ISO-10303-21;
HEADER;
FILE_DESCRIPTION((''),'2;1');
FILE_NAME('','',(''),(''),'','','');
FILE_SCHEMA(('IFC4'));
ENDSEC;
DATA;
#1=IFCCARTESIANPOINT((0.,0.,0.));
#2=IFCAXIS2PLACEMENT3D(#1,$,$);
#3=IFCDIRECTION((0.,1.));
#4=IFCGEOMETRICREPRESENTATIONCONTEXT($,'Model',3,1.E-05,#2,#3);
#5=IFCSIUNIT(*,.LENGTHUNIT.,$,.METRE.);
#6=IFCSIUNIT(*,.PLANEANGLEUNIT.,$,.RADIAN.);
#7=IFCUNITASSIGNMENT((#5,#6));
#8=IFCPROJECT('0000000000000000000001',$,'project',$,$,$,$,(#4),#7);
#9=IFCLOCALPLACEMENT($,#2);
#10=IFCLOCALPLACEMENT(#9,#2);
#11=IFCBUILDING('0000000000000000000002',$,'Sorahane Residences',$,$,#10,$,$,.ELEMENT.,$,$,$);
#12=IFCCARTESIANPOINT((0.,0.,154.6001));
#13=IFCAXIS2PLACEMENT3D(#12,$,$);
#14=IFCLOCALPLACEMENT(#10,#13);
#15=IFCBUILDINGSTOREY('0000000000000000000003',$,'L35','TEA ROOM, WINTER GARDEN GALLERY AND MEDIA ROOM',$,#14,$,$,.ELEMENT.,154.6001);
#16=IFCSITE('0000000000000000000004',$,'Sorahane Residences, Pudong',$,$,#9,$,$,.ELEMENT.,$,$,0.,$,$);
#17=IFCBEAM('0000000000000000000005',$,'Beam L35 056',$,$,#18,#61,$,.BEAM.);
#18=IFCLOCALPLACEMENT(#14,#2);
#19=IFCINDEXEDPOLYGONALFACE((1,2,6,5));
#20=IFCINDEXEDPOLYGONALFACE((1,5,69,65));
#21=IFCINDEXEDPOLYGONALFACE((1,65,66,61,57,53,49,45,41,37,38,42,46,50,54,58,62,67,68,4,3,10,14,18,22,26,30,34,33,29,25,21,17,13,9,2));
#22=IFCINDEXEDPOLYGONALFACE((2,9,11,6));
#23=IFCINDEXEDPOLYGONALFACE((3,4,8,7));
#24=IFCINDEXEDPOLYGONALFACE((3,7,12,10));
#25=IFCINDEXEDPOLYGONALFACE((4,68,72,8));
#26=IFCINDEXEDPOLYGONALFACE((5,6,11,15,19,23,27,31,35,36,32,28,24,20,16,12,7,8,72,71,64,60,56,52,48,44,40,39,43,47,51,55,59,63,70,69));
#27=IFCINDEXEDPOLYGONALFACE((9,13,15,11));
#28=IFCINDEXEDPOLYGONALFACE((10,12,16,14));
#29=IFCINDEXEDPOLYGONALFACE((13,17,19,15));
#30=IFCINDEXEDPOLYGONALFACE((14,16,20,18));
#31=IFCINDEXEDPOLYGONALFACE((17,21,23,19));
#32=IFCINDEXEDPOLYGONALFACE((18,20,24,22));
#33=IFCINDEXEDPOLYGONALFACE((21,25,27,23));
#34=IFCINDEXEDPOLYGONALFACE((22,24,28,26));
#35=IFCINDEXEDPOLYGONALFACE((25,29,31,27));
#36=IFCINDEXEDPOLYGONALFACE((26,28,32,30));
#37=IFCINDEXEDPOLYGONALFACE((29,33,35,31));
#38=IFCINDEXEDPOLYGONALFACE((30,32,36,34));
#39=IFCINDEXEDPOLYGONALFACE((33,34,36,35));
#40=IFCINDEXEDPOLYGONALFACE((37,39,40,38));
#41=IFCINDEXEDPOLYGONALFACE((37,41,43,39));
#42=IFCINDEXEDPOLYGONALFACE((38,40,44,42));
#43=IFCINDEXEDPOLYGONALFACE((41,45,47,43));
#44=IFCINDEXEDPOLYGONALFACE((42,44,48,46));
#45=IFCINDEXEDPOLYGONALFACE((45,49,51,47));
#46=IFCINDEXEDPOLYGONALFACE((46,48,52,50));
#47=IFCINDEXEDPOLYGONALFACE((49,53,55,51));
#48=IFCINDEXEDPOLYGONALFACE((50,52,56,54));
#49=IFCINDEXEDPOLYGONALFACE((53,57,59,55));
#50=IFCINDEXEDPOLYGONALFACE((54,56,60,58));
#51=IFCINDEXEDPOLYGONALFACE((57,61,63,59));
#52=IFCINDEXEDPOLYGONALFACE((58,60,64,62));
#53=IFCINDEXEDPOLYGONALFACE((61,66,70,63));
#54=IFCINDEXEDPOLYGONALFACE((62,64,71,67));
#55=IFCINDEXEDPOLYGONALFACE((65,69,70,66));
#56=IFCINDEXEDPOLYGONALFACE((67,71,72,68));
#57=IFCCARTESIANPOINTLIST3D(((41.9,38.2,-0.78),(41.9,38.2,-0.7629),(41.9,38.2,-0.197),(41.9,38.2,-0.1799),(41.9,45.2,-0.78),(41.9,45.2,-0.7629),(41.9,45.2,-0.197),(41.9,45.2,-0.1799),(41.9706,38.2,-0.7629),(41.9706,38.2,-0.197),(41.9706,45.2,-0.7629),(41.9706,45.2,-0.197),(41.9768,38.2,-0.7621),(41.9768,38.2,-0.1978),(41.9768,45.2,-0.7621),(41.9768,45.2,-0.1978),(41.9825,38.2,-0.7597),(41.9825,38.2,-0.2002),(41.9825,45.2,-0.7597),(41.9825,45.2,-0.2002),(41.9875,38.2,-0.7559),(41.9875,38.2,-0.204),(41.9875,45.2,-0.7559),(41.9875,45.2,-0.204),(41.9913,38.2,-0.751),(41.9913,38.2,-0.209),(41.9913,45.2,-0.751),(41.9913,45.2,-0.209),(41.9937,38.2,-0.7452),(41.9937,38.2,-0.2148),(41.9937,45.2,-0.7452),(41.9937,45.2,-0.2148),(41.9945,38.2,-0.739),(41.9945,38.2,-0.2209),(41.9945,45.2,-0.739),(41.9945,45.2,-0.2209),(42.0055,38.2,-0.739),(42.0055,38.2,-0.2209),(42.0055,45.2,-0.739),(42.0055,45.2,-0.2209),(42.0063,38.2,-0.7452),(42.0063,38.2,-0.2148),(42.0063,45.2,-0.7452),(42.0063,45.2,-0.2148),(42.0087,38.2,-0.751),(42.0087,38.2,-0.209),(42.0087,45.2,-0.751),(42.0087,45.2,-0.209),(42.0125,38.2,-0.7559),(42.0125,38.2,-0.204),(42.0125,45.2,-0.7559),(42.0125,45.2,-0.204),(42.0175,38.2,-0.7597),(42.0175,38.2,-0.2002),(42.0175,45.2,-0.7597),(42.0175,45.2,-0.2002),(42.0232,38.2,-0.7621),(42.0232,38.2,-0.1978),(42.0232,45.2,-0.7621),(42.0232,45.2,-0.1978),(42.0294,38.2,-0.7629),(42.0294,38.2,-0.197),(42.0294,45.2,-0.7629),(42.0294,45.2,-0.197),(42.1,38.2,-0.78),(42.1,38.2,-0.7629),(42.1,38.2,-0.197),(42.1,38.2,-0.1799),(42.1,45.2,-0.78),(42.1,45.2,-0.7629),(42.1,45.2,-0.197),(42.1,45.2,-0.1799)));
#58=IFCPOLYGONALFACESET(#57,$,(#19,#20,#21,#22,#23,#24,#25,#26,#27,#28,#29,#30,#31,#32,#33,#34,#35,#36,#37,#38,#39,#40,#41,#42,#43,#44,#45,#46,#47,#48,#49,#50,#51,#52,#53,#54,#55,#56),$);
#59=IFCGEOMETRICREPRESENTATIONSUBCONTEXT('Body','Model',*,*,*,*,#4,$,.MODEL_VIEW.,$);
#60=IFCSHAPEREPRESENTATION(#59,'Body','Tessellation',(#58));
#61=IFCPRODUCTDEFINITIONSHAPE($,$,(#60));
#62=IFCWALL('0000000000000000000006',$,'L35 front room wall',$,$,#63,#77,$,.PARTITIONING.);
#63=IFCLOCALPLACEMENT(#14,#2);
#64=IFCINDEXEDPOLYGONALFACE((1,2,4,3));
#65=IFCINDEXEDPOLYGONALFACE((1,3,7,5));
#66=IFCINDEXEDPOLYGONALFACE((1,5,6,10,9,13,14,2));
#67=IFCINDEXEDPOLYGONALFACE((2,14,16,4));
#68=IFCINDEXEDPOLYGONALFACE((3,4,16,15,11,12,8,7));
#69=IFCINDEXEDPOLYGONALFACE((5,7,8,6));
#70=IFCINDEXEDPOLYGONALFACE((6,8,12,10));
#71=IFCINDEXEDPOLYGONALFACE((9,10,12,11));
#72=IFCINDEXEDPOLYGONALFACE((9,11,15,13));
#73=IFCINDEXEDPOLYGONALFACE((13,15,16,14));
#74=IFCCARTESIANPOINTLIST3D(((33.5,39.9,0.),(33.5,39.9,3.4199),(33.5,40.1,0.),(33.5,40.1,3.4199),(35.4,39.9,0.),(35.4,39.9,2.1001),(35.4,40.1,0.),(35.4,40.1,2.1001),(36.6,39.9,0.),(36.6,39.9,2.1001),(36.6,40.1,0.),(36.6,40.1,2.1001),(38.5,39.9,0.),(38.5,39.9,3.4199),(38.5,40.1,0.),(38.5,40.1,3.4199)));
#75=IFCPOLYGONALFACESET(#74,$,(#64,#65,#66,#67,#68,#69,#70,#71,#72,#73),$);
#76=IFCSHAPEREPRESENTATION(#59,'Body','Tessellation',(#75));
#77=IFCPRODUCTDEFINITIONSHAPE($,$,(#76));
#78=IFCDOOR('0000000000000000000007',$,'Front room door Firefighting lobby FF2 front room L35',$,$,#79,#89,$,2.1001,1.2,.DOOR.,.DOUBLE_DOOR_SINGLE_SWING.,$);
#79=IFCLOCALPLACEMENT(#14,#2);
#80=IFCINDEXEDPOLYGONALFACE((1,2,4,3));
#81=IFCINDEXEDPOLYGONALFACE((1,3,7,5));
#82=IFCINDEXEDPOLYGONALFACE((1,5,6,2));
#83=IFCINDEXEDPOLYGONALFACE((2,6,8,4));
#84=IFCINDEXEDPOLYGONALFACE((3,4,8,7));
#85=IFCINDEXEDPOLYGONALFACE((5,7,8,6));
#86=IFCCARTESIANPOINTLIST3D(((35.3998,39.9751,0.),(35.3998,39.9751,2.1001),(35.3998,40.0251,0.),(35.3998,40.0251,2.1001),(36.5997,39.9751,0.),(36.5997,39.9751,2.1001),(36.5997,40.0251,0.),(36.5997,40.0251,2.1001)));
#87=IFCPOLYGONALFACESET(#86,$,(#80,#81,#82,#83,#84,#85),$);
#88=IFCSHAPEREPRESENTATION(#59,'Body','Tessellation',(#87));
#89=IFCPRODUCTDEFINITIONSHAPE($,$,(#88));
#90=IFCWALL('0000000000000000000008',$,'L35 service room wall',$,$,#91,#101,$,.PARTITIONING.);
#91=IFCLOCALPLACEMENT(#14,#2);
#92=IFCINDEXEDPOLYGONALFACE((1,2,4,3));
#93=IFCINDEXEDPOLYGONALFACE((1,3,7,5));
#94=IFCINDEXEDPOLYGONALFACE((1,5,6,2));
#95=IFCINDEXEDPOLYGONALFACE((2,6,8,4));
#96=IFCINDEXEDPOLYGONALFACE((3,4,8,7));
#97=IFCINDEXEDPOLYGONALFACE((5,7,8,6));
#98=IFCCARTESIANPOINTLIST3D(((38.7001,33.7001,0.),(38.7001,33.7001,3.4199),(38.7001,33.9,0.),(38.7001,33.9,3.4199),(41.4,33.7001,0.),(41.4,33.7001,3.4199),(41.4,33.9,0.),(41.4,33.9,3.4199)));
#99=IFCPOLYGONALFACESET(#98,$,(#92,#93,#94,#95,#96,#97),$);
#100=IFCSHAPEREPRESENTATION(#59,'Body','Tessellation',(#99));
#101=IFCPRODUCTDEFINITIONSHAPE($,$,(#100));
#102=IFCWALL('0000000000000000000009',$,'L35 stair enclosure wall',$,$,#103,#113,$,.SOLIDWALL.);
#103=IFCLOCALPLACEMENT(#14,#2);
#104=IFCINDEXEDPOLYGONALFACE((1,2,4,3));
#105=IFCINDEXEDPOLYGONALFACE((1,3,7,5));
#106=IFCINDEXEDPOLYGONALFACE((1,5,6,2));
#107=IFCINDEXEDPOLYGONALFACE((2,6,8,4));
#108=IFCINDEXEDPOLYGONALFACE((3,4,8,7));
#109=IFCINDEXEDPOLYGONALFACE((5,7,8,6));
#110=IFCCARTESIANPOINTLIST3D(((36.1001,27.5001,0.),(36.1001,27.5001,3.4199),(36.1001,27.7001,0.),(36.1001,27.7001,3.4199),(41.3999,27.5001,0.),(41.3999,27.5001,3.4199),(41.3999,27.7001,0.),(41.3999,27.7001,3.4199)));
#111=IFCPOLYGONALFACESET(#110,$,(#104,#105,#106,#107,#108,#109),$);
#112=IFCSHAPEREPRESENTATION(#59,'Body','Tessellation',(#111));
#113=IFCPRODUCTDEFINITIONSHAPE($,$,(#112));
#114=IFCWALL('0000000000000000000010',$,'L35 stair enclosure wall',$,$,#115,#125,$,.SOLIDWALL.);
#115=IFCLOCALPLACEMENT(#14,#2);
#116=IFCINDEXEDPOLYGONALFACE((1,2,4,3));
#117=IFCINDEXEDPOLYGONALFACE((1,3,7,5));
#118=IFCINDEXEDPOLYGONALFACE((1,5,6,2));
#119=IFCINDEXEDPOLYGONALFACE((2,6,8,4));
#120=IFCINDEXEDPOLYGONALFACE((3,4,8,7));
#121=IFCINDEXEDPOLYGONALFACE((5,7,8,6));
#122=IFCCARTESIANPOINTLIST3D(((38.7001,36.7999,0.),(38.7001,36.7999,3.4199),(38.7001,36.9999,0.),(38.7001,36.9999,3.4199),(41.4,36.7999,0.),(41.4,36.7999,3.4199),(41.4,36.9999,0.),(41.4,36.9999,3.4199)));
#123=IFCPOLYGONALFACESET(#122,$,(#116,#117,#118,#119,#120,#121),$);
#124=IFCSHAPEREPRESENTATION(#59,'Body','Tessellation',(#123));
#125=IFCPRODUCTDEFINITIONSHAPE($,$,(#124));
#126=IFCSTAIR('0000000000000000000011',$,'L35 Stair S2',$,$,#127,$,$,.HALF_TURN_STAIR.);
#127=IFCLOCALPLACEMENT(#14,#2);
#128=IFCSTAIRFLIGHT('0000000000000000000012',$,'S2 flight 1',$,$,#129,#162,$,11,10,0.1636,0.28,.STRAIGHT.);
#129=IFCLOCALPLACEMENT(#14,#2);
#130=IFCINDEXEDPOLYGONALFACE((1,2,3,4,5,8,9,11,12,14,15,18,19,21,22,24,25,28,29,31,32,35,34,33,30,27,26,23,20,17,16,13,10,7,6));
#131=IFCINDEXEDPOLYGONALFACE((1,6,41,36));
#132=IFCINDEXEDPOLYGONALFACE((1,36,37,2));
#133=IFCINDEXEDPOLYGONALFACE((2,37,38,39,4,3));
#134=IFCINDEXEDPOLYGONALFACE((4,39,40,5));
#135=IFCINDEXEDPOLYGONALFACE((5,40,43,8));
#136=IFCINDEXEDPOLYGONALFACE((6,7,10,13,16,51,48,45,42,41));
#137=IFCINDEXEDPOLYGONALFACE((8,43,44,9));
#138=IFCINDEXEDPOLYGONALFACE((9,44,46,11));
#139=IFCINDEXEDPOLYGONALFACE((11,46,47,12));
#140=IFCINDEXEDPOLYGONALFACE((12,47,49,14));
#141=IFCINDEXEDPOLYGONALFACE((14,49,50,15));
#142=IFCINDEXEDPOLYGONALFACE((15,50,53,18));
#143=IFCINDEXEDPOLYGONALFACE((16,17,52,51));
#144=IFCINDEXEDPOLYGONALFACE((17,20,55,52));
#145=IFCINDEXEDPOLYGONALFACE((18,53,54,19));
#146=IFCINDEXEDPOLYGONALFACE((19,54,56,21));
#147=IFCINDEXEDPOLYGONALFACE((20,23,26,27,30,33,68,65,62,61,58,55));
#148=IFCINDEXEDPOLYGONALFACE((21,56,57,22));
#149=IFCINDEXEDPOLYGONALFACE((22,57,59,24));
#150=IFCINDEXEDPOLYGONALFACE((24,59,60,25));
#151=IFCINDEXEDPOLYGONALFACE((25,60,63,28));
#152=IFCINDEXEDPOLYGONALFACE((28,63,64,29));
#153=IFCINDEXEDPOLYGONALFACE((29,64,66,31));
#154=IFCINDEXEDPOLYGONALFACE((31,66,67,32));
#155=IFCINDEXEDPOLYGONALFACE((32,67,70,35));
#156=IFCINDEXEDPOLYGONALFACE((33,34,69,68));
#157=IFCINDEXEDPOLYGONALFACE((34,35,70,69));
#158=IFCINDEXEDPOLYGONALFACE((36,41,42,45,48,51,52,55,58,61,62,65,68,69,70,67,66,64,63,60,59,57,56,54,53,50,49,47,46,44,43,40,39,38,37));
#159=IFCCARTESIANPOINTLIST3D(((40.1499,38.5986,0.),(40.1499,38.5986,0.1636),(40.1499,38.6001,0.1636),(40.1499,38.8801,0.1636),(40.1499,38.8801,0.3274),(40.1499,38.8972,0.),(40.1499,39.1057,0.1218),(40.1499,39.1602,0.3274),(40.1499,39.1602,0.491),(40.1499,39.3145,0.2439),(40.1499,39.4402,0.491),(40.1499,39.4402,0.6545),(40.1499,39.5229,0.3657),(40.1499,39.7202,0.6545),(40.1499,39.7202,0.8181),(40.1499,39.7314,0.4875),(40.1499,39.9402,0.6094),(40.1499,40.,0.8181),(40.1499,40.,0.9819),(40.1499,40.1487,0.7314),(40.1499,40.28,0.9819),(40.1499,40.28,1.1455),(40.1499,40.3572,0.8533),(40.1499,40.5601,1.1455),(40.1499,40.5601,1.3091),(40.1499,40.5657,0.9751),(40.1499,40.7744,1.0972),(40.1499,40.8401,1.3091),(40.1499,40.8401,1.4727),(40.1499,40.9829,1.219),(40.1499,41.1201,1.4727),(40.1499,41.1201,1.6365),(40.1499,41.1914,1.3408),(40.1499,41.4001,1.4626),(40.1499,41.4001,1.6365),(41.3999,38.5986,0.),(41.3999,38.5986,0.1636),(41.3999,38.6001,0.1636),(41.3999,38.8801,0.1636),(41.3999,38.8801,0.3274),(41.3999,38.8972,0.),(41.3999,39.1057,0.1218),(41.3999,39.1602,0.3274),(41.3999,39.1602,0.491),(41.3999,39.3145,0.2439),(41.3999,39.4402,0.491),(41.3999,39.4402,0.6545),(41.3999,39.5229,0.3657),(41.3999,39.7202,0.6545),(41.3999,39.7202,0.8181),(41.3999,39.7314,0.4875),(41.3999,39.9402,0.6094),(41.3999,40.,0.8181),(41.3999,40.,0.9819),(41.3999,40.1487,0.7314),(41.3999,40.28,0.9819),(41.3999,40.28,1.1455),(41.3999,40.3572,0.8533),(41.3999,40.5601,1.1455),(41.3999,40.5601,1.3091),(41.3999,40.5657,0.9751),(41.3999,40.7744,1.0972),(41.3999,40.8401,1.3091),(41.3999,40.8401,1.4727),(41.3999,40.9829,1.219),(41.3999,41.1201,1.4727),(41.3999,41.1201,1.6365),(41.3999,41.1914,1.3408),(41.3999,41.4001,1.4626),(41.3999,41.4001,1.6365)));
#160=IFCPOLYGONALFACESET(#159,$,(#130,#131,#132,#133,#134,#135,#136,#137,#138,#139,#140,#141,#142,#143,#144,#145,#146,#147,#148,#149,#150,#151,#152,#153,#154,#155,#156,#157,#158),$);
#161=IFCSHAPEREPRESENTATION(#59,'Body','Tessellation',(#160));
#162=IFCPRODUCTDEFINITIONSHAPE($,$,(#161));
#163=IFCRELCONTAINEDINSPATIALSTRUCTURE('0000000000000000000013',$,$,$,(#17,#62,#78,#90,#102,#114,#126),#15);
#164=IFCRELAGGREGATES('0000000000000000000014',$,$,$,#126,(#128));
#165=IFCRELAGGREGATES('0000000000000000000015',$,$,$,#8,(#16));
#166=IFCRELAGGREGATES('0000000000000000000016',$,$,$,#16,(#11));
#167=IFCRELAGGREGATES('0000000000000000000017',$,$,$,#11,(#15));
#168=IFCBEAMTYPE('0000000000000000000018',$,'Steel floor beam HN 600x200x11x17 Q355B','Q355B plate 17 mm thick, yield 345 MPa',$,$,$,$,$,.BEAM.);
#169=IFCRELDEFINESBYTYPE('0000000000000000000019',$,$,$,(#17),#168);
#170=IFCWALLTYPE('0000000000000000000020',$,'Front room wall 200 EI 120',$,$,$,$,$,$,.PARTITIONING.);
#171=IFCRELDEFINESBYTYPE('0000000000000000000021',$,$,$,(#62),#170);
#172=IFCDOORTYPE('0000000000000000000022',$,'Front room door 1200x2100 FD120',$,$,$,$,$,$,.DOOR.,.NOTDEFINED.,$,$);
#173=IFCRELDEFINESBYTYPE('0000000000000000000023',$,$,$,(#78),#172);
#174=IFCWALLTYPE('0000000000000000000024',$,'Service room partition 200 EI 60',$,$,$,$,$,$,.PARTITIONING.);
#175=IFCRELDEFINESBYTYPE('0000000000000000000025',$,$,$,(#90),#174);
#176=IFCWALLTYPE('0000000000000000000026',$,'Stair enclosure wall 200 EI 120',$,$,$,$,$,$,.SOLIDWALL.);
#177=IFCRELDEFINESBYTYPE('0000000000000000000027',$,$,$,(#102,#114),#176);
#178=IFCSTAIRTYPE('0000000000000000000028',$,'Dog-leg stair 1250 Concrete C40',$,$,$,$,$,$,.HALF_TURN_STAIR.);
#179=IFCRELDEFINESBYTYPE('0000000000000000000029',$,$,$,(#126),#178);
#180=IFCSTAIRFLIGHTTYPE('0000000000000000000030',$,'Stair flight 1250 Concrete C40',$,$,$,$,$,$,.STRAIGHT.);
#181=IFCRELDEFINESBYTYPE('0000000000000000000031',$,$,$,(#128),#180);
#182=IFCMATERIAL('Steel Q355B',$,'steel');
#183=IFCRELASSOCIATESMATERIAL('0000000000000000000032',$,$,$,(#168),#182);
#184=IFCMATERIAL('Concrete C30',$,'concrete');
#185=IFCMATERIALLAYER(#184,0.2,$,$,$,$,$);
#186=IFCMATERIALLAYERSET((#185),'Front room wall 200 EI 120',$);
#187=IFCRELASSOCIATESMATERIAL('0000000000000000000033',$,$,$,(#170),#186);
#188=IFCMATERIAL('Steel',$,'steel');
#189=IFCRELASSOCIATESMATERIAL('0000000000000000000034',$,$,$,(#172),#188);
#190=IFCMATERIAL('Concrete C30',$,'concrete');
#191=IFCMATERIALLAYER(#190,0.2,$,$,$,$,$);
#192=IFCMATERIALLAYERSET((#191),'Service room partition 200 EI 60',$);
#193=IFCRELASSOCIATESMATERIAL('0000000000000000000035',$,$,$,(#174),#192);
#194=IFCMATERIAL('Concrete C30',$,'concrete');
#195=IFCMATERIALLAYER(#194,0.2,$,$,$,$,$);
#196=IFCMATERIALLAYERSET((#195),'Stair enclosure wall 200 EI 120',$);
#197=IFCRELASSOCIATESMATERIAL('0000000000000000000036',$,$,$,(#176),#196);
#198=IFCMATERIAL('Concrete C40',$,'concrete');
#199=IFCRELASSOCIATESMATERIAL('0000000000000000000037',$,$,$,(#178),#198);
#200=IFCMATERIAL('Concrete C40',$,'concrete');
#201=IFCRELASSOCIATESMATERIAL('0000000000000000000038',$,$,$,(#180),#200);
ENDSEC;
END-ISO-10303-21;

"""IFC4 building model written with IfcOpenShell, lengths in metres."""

from ifc_helpers import new_model, si_unit, direction, frame, frame_2d, origin, origin_2d, place, context, subcontext, project, spatial, polyline, rectangle, i_section, outline, extrude, material, layer, layer_set, material_profile, profile_set, type_object, element, fill, aggregate, save


model = new_model("IFC4")

# Units and contexts
model_context = context("Model", 3, precision=1e-05, world=origin(), true_north=direction((0.0, 1.0)))
body_context = subcontext(model_context, "Body", "Model", "MODEL_VIEW")
ifc_project = project(units=[si_unit("LENGTHUNIT", "METRE"), si_unit("PLANEANGLEUNIT", "RADIAN")], contexts=[model_context])

# Site, building, storey
site_placement = place(None, origin())
site = spatial("IfcSite", under=ifc_project, at=site_placement, Name="Sorahane Residences, Pudong", CompositionType="ELEMENT", RefElevation=0.0)
building_placement = place(site_placement, origin())
building = spatial("IfcBuilding", under=site, at=building_placement, Name="Sorahane Residences", CompositionType="ELEMENT")
storey_placement = place(building_placement, frame((0.0, 0.0, 154.6001)))
storey = spatial("IfcBuildingStorey", under=building, at=storey_placement, Name="L35", Description="TEA ROOM, WINTER GARDEN GALLERY AND MEDIA ROOM", CompositionType="ELEMENT", Elevation=154.6001)

# Beam
ifc_material_1 = material(Name="Steel Q355B", Category="steel")
ifc_material_profile_1 = material_profile(ifc_material_1, i_section(OverallWidth=0.2, OverallDepth=0.6001, WebThickness=0.011, FlangeThickness=0.0171, FilletRadius=0.0239, at=origin_2d()), Name="HN 600x200x11x17")
ifc_profile_set_1 = profile_set([ifc_material_profile_1], Name="Steel Q355B")
beam_type_1 = type_object("IfcBeamType", Name="Steel floor beam HN 600x200x11x17 Q355B", Description="Q355B plate 17 mm thick, yield 345 MPa", PredefinedType="BEAM", material=ifc_profile_set_1)
for number, where, z_axis, x_axis, name in (
    (1, (42.0, 38.2, -0.48), (0.0, 1.0, 0.0), (-1.0, 0.0, 0.0), "Beam L35 056"),
):
    element("IfcBeam", number, at=place(storey_placement, frame(where, z_axis=z_axis, x_axis=x_axis)), inside=storey, type_object=beam_type_1, Name=name, PredefinedType="BEAM", context=body_context, shape_type="SweptSolid", body=[
        extrude(i_section(OverallWidth=0.2, OverallDepth=0.6001, WebThickness=0.011, FlangeThickness=0.0171, FilletRadius=0.0239, at=origin_2d()), origin(), (0.0, 0.0, 1.0), 7.0),
    ])

# Wall, opening, door
ifc_material_2 = material(Name="Concrete C30", Category="concrete")
ifc_layer_1 = layer(ifc_material_2, 0.2)
ifc_layer_set_1 = layer_set([ifc_layer_1], Name="Front room wall 200 EI 120")
wall_type_1 = type_object("IfcWallType", Name="Front room wall 200 EI 120", PredefinedType="PARTITIONING", material=ifc_layer_set_1)
wall_1_placement = place(storey_placement, frame((33.5, 40.0, 0.0), z_axis=(0.0, 0.0, 1.0), x_axis=(1.0, 0.0, 0.0)))
wall_1 = element("IfcWall", 2, at=wall_1_placement, inside=storey, type_object=wall_type_1, Name="L35 front room wall", PredefinedType="PARTITIONING", context=body_context, shape_type="SweptSolid", body=[
    extrude(rectangle(XDim=5.0, YDim=0.2, at=frame_2d((2.5, 0.0))), origin(), (0.0, 0.0, 1.0), 3.4199),
])
opening_placement = place(wall_1_placement, frame((1.8999, 0.0, 0.0)))
opening = element("IfcOpeningElement", 3, at=opening_placement, cuts=wall_1, PredefinedType="OPENING", context=body_context, shape_type="SweptSolid", body=[
    extrude(rectangle(XDim=1.2, YDim=2.1001, at=frame_2d((0.6001, 1.05))), frame((0.0, 0.1099, 0.0), z_axis=(0.0, -1.0, 0.0), x_axis=(1.0, 0.0, 0.0)), (0.0, 0.0, 1.0), 0.22),
])
ifc_material_3 = material(Name="Steel", Category="steel")
door_type = type_object("IfcDoorType", Name="Front room door 1200x2100 FD120", OperationType="NOTDEFINED", PredefinedType="DOOR", material=ifc_material_3)
door_placement = place(opening_placement, frame((1.2, 0.0, 0.0), z_axis=(0.0, 0.0, 1.0), x_axis=(-1.0, 0.0, 0.0)))
door = element("IfcDoor", 4, at=door_placement, inside=storey, type_object=door_type, Name="Front room door Firefighting lobby FF2 front room L35", OperationType="DOUBLE_DOOR_SINGLE_SWING", OverallHeight=2.1001, OverallWidth=1.2, PredefinedType="DOOR", context=body_context, shape_type="SweptSolid", body=[
    extrude(rectangle(XDim=1.2, YDim=2.1001, at=frame_2d((0.6001, 1.05))), frame((0.0, 0.0249, 0.0), z_axis=(0.0, -1.0, 0.0), x_axis=(1.0, 0.0, 0.0)), (0.0, 0.0, 1.0), 0.05),
])
fill(opening, door)

# Walls
ifc_material_4 = material(Name="Concrete C30", Category="concrete")
ifc_layer_2 = layer(ifc_material_4, 0.2)
ifc_layer_set_2 = layer_set([ifc_layer_2], Name="Service room partition 200 EI 60")
wall_type_2 = type_object("IfcWallType", Name="Service room partition 200 EI 60", PredefinedType="PARTITIONING", material=ifc_layer_set_2)
wall_2_placement = place(storey_placement, frame((38.7, 33.8, 0.0), z_axis=(0.0, 0.0, 1.0), x_axis=(1.0, 0.0, 0.0)))
element("IfcWall", 5, at=wall_2_placement, inside=storey, type_object=wall_type_2, Name="L35 service room wall", PredefinedType="PARTITIONING", context=body_context, shape_type="SweptSolid", body=[
    extrude(rectangle(XDim=2.7, YDim=0.2, at=frame_2d((1.3501, 0.0))), origin(), (0.0, 0.0, 1.0), 3.4199),
])
ifc_material_5 = material(Name="Concrete C30", Category="concrete")
ifc_layer_3 = layer(ifc_material_5, 0.2)
ifc_layer_set_3 = layer_set([ifc_layer_3], Name="Stair enclosure wall 200 EI 120")
wall_type_3 = type_object("IfcWallType", Name="Stair enclosure wall 200 EI 120", PredefinedType="SOLIDWALL", material=ifc_layer_set_3)
wall_3_placement = place(storey_placement, frame((36.1001, 27.6001, 0.0), z_axis=(0.0, 0.0, 1.0), x_axis=(1.0, 0.0, 0.0)))
element("IfcWall", 6, at=wall_3_placement, inside=storey, type_object=wall_type_3, Name="L35 stair enclosure wall", PredefinedType="SOLIDWALL", context=body_context, shape_type="SweptSolid", body=[
    extrude(rectangle(XDim=5.2998, YDim=0.2, at=frame_2d((2.6499, 0.0))), origin(), (0.0, 0.0, 1.0), 3.4199),
])
wall_4_placement = place(storey_placement, frame((38.7, 36.8999, 0.0), z_axis=(0.0, 0.0, 1.0), x_axis=(1.0, 0.0, 0.0)))
element("IfcWall", 7, at=wall_4_placement, inside=storey, type_object=wall_type_3, Name="L35 stair enclosure wall", PredefinedType="SOLIDWALL", context=body_context, shape_type="SweptSolid", body=[
    extrude(rectangle(XDim=2.7, YDim=0.2, at=frame_2d((1.3501, 0.0))), origin(), (0.0, 0.0, 1.0), 3.4199),
])

# Stair, stair flight
ifc_material_6 = material(Name="Concrete C40", Category="concrete")
stair_type = type_object("IfcStairType", Name="Dog-leg stair 1250 Concrete C40", PredefinedType="HALF_TURN_STAIR", material=ifc_material_6)
stair_placement = place(storey_placement, origin())
stair = element("IfcStair", 8, at=stair_placement, inside=storey, type_object=stair_type, Name="L35 Stair S2", PredefinedType="HALF_TURN_STAIR")
ifc_material_7 = material(Name="Concrete C40", Category="concrete")
stair_flight_type = type_object("IfcStairFlightType", Name="Stair flight 1250 Concrete C40", PredefinedType="STRAIGHT", material=ifc_material_7)
stair_flight_placement = place(storey_placement, frame((40.7749, 38.6001, 0.0), z_axis=(0.0, 0.0, 1.0), x_axis=(0.0, 1.0, 0.0)))
stair_flight = element("IfcStairFlight", 9, at=stair_flight_placement, type_object=stair_flight_type, Name="S2 flight 1", NumberOfRisers=11, NumberOfTreads=10, PredefinedType="STRAIGHT", RiserHeight=0.1636, TreadLength=0.28, context=body_context, shape_type="SweptSolid", body=[
    extrude(outline(polyline([(-0.0015, 0.0), (-0.0015, 0.1636), (0.0, 0.1636), (0.28, 0.1636), (0.28, 0.3274), (0.5601, 0.3274), (0.5601, 0.491), (0.8401, 0.491), (0.8401, 0.6545), (1.1201, 0.6545), (1.1201, 0.8181), (1.3999, 0.8181), (1.3999, 0.9819), (1.6799, 0.9819), (1.6799, 1.1455), (1.96, 1.1455), (1.96, 1.3091), (2.24, 1.3091), (2.24, 1.4727), (2.52, 1.4727), (2.52, 1.6365), (2.8, 1.6365), (2.8, 1.8), (2.8, 1.4626), (2.5913, 1.3408), (2.3828, 1.219), (2.1743, 1.0972), (1.9656, 0.9751), (1.7571, 0.8533), (1.5486, 0.7314), (1.3401, 0.6094), (1.1313, 0.4875), (0.9229, 0.3657), (0.7144, 0.2439), (0.5056, 0.1218), (0.2971, 0.0), (-0.0015, 0.0)])), frame((0.0, 0.625, 0.0), z_axis=(0.0, -1.0, 0.0), x_axis=(1.0, 0.0, 0.0)), (0.0, 0.0, 1.0), 1.25),
])
aggregate(stair, [stair_flight])

save(model, "model.ifc")
